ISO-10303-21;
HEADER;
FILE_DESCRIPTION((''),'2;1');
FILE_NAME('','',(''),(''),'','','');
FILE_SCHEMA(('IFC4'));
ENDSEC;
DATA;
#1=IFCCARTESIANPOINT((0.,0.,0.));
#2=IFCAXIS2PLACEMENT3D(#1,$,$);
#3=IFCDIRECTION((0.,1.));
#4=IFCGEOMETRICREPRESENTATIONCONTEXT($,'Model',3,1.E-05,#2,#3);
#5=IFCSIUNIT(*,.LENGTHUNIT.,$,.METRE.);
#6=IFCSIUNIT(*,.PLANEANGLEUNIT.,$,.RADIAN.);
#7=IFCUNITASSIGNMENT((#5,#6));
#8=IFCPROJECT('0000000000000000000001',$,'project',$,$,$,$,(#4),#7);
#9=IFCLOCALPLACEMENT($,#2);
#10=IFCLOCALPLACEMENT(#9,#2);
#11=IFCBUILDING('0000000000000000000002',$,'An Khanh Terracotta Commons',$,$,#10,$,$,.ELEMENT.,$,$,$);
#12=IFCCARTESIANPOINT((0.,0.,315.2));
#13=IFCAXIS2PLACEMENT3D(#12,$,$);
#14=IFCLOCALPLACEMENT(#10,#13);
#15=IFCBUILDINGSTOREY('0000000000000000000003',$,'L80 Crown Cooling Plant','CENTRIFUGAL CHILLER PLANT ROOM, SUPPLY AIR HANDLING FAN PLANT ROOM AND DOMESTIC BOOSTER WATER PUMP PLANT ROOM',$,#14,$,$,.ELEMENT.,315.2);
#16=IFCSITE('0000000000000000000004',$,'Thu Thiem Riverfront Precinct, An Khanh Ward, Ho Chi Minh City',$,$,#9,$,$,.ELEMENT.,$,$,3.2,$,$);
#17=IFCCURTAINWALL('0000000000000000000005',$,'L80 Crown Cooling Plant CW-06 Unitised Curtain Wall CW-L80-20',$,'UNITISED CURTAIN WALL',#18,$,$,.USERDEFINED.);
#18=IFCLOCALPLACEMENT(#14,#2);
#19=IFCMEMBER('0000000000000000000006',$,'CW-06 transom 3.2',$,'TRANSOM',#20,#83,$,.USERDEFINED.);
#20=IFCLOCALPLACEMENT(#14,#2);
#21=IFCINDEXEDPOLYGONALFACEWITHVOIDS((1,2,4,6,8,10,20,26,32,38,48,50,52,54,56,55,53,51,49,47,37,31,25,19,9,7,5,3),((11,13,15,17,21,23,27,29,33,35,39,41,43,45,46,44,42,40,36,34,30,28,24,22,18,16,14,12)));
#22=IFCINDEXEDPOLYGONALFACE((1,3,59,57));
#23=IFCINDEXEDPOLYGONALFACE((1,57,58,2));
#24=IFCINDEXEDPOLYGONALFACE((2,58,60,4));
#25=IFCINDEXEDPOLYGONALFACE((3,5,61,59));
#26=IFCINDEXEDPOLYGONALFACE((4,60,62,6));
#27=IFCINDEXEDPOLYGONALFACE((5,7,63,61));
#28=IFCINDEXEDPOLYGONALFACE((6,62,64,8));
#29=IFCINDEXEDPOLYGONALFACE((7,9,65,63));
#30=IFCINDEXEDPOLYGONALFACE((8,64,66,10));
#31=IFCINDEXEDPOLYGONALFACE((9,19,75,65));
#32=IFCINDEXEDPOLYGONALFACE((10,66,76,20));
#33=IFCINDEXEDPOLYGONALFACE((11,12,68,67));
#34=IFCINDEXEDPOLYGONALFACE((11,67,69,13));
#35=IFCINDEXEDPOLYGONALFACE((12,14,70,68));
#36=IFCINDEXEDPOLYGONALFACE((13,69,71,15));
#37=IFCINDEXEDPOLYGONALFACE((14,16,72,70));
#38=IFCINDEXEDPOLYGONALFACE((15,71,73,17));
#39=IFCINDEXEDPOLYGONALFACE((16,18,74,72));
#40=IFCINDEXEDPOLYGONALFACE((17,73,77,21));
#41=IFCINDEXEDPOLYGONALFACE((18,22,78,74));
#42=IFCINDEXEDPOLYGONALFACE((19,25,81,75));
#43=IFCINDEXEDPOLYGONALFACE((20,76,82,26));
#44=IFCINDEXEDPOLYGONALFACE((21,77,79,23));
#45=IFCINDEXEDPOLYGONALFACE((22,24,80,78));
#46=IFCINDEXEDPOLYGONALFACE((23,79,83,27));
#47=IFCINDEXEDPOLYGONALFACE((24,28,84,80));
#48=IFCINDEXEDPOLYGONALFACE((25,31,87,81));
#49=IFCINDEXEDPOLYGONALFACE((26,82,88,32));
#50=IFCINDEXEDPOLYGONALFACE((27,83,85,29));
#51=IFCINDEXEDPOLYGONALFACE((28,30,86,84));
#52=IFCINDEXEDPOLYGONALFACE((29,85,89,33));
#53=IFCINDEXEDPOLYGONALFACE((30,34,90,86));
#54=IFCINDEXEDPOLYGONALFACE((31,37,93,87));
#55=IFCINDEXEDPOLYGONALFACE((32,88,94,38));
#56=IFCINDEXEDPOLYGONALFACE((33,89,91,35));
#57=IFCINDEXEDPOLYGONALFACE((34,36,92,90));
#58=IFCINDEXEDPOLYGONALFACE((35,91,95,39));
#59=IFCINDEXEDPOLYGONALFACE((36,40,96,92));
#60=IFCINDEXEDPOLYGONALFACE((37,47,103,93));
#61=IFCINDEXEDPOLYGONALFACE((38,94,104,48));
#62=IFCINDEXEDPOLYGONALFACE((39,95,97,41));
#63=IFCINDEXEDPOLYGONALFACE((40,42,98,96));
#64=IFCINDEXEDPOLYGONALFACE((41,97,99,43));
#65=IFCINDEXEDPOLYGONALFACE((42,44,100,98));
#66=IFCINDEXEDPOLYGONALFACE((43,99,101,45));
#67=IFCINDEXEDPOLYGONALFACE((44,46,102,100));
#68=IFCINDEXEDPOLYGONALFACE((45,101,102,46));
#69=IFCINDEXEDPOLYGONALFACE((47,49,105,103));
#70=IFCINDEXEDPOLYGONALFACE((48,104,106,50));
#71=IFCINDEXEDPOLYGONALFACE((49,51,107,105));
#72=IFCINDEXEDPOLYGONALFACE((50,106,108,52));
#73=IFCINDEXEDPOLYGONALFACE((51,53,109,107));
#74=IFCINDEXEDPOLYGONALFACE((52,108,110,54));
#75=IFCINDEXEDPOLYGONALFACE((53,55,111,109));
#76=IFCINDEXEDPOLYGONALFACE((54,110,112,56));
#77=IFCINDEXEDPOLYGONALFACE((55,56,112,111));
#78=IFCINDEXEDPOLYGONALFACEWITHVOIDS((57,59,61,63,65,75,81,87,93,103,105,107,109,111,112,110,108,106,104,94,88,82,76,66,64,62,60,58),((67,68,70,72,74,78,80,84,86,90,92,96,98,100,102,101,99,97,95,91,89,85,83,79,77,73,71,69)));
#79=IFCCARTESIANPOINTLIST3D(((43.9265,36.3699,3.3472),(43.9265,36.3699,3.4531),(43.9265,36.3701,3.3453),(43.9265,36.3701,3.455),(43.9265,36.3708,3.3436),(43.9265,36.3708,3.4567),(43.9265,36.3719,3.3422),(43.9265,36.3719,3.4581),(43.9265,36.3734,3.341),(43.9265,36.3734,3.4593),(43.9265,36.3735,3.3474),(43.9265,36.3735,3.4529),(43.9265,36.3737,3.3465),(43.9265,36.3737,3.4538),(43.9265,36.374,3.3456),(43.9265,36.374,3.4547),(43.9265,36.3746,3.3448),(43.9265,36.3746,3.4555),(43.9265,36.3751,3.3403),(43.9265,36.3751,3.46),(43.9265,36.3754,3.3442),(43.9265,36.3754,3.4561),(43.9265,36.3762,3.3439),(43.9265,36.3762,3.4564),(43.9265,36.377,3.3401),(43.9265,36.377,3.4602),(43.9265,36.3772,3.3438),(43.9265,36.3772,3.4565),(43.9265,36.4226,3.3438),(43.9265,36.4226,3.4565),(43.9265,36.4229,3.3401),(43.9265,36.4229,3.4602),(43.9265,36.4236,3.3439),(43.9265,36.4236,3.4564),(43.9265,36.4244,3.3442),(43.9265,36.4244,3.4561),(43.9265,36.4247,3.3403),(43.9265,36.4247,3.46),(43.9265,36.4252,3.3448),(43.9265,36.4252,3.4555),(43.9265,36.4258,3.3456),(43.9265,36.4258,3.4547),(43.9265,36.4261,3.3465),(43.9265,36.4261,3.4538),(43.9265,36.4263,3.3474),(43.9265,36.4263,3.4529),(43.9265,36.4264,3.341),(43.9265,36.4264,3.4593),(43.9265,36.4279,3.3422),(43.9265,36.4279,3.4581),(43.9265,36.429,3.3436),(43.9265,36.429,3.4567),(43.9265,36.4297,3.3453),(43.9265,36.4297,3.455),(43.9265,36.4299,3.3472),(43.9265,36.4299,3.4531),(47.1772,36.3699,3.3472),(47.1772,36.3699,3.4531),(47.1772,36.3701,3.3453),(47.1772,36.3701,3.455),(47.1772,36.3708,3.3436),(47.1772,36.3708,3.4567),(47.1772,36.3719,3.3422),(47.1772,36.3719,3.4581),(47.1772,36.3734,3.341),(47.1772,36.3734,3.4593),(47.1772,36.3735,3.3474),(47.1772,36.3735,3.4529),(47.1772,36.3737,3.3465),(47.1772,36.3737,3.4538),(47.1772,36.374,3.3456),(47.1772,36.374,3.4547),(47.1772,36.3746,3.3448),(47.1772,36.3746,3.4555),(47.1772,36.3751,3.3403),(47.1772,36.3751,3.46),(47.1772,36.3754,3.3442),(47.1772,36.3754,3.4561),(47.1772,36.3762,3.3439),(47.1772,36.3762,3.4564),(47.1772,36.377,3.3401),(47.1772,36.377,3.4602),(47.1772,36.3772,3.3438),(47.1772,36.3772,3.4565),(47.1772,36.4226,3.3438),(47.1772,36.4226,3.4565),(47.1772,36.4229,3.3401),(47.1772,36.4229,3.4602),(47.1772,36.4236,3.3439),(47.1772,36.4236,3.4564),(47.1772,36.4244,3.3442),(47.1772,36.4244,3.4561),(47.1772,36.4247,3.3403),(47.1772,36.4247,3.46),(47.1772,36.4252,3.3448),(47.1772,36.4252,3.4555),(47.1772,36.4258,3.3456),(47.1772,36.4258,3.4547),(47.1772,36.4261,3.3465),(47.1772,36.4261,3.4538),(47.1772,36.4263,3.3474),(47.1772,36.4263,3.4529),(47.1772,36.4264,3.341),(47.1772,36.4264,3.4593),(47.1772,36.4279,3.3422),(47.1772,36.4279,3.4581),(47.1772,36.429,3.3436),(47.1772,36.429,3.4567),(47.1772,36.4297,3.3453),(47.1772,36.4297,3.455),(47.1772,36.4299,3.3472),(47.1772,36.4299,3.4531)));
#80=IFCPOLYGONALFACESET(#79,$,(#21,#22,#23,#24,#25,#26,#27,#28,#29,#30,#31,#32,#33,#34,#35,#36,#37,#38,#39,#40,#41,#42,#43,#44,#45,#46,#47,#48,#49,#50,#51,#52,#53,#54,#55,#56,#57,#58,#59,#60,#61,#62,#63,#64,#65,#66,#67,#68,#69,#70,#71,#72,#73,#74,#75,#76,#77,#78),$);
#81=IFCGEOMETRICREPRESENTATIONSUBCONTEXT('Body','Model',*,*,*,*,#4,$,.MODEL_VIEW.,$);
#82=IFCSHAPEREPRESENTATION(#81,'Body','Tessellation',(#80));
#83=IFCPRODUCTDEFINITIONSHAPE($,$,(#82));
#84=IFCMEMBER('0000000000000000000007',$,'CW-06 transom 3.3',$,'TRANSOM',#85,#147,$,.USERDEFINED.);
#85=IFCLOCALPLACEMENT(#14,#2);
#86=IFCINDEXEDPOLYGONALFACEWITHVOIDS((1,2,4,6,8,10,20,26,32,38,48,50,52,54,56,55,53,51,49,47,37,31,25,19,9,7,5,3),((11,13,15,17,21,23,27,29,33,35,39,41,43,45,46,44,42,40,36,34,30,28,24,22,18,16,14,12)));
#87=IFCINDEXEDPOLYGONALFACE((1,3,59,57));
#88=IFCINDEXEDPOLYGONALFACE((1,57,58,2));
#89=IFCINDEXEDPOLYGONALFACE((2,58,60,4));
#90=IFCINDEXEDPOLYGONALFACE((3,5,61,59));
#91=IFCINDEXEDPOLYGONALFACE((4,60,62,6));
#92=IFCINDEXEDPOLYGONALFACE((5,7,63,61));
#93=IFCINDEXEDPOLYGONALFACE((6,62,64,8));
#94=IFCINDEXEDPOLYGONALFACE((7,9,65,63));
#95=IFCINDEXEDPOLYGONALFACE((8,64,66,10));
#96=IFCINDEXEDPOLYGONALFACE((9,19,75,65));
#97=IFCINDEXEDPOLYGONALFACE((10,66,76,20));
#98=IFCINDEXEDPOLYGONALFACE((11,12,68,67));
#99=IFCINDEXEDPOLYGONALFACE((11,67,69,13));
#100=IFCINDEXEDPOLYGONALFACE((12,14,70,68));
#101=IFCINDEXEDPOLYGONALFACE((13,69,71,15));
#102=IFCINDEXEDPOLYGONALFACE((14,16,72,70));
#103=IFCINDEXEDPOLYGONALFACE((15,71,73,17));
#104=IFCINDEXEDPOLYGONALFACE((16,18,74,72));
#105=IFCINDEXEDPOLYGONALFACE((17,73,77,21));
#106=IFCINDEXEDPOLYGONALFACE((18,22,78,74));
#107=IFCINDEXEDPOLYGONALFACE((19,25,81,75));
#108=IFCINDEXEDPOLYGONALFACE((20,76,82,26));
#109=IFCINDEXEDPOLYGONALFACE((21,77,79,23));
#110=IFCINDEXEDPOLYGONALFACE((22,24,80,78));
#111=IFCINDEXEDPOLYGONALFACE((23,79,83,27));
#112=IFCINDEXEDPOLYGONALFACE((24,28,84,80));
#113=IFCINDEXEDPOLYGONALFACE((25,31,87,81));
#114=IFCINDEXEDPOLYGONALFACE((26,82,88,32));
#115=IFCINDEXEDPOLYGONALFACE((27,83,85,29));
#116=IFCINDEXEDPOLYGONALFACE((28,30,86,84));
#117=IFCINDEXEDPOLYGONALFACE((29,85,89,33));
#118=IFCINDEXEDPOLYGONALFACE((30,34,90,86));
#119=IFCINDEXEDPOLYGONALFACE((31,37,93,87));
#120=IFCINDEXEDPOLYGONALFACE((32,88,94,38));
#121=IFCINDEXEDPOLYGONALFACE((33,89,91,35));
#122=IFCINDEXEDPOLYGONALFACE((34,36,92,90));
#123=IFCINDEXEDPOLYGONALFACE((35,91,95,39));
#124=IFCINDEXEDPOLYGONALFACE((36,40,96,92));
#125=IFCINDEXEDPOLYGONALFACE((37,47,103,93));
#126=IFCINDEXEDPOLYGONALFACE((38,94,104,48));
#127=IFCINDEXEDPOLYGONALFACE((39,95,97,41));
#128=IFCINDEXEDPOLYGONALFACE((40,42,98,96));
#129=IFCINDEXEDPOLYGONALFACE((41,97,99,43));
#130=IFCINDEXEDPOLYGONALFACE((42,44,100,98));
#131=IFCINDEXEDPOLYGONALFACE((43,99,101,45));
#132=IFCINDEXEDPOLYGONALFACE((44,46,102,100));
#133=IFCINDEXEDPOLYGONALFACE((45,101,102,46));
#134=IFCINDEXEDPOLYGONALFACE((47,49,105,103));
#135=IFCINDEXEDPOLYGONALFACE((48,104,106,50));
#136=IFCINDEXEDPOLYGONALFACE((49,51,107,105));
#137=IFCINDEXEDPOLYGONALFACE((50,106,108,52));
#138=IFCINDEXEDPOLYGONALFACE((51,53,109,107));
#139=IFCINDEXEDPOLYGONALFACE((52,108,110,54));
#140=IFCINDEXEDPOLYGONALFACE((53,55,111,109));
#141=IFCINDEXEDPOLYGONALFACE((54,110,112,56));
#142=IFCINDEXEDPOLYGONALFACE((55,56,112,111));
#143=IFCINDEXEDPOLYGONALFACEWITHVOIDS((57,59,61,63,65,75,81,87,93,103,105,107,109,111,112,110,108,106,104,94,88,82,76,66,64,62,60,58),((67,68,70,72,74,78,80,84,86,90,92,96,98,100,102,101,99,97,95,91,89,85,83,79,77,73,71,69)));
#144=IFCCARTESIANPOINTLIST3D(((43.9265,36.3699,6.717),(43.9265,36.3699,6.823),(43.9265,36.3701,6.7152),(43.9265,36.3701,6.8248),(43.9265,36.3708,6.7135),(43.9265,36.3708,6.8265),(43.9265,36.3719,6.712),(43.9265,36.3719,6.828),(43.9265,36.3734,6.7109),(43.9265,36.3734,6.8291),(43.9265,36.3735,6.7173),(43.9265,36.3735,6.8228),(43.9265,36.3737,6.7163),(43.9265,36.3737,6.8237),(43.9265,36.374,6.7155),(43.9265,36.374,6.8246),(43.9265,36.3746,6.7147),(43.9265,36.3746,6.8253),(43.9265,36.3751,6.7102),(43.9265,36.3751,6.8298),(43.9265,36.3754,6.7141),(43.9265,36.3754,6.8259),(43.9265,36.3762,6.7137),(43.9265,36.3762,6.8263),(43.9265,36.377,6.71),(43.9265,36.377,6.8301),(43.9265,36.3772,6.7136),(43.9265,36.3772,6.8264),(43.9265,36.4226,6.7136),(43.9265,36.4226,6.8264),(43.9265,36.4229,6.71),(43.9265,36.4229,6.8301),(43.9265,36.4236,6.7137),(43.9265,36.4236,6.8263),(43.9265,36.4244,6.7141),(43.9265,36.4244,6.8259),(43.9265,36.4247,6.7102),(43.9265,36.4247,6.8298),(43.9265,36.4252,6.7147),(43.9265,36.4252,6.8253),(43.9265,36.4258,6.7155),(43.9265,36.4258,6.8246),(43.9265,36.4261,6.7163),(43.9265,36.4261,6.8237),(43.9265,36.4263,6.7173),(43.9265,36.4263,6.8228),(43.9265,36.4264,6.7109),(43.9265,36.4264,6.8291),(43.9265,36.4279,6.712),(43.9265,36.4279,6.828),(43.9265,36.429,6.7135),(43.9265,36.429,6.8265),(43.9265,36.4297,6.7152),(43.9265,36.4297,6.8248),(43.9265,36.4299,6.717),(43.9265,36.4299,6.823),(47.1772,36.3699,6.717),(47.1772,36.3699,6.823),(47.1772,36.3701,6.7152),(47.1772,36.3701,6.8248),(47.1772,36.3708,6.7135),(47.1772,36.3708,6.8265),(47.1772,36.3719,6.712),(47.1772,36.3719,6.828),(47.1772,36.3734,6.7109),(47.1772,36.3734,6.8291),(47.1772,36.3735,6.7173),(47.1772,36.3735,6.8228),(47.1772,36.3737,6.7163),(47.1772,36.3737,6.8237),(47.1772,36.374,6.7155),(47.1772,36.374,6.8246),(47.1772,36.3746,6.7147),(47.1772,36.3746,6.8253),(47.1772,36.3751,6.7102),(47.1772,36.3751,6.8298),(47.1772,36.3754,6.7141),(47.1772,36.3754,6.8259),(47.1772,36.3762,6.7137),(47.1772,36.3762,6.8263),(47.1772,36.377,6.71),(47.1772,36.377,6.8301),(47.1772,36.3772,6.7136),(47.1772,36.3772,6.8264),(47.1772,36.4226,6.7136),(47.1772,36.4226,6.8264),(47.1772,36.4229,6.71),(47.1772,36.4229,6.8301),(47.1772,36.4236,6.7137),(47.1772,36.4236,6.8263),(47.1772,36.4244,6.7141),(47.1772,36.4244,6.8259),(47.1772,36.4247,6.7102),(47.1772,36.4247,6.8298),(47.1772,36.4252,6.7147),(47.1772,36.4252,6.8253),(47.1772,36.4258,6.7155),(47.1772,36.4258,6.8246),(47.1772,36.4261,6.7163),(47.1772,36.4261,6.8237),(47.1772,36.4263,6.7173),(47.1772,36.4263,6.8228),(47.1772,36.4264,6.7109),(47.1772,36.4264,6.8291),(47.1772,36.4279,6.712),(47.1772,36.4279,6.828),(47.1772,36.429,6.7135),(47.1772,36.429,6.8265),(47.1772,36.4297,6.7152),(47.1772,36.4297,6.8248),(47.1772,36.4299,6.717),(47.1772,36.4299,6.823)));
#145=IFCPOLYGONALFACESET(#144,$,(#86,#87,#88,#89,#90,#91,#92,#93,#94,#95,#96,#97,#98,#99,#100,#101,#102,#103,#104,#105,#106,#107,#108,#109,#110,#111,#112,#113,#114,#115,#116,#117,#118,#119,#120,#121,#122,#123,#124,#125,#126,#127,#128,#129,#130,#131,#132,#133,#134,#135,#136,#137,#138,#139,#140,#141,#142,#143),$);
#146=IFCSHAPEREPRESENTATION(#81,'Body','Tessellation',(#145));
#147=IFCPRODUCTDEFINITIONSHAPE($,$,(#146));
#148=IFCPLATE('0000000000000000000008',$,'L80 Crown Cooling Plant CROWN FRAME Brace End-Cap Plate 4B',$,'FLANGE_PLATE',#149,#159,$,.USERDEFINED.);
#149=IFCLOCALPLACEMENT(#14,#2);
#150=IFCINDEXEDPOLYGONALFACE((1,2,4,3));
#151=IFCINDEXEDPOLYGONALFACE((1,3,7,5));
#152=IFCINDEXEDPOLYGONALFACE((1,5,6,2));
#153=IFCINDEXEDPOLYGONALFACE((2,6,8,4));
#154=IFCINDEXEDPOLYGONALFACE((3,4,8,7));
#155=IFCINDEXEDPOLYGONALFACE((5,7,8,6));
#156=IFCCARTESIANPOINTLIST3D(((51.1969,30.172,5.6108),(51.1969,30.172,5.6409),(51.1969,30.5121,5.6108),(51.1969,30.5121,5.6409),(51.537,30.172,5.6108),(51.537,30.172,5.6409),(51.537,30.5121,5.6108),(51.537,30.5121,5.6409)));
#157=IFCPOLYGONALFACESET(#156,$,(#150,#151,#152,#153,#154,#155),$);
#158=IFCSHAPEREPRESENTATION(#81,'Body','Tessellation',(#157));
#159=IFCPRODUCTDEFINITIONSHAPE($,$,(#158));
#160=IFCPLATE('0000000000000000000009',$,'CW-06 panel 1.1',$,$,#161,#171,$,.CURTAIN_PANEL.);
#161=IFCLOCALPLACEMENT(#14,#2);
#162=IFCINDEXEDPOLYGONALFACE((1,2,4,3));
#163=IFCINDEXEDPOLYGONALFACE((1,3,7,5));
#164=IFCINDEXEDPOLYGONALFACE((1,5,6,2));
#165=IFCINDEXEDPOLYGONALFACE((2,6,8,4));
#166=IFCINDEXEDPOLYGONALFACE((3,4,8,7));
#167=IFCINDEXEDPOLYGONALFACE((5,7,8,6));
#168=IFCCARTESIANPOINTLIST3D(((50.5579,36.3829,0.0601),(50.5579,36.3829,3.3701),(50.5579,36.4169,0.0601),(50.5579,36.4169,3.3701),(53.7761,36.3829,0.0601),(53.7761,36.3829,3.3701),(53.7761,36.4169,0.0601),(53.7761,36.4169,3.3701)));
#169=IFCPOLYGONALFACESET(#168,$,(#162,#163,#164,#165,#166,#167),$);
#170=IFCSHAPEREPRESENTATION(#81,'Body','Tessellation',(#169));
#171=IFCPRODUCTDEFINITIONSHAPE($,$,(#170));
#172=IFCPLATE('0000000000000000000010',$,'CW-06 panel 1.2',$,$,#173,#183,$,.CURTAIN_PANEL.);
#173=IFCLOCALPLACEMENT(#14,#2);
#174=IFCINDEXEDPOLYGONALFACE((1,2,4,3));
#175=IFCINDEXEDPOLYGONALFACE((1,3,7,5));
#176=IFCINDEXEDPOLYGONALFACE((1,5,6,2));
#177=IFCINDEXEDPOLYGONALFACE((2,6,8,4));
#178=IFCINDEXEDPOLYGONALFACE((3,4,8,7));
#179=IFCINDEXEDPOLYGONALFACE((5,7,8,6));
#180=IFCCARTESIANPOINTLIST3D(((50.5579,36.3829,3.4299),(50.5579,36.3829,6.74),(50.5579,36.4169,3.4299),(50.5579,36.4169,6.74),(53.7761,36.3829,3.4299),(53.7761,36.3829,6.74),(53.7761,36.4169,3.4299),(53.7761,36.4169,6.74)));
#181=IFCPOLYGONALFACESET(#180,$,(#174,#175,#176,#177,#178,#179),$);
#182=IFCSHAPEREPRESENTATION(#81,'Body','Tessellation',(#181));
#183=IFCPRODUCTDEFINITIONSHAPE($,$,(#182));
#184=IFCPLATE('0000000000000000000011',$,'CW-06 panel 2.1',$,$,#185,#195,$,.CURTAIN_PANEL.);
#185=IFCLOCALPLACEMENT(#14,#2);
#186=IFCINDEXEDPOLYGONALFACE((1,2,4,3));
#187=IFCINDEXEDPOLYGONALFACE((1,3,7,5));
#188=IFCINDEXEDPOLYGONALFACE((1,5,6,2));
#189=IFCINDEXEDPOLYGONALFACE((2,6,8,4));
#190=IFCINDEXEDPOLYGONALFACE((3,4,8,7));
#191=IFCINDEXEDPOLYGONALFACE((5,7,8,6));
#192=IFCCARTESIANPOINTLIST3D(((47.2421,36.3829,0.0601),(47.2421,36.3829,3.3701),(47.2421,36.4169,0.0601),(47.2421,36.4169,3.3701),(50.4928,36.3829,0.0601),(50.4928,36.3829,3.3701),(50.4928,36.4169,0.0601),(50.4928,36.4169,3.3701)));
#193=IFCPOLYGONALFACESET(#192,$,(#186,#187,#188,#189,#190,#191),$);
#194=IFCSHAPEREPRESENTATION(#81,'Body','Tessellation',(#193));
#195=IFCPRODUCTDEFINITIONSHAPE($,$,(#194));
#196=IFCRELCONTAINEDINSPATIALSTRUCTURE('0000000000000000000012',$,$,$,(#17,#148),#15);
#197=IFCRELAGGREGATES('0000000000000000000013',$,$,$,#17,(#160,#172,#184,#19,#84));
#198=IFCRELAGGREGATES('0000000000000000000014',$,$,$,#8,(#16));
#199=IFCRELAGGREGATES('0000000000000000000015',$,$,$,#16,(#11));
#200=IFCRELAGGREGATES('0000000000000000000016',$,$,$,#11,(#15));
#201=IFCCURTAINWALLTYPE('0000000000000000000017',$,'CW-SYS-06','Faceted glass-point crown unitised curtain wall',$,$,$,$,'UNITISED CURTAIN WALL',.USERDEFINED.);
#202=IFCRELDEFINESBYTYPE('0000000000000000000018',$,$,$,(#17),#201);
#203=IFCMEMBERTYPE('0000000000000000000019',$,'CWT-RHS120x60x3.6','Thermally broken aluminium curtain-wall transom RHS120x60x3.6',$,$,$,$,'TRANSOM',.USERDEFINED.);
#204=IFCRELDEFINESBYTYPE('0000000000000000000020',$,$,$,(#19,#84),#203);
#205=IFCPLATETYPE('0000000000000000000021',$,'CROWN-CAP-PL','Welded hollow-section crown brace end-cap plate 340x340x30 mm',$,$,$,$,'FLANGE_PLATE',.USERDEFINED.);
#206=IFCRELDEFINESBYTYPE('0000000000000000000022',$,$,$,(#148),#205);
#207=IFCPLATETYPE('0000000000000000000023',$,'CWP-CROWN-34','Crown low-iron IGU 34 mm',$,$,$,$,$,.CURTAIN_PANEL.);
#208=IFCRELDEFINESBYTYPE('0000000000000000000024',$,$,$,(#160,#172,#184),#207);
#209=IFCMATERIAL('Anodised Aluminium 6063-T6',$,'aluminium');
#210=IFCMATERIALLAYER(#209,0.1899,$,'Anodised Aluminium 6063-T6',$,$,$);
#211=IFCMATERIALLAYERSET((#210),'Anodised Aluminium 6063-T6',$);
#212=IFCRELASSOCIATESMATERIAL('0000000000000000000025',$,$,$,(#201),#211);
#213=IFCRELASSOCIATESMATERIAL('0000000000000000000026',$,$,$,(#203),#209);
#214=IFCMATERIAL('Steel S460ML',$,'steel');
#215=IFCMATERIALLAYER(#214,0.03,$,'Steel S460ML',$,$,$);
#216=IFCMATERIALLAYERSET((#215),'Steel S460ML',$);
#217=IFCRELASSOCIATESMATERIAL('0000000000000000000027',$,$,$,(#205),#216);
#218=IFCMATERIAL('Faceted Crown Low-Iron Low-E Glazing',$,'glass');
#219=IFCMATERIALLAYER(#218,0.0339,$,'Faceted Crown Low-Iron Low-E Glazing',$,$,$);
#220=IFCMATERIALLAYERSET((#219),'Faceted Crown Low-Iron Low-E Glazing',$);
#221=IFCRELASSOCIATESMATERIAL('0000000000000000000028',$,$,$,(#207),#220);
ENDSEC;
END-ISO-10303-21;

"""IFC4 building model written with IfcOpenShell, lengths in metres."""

from ifc_helpers import new_model, si_unit, direction, frame, origin, origin_2d, place, context, subcontext, project, spatial, rectangle, hollow_rectangle, extrude, material, layer, layer_set, material_profile, profile_set, type_object, element, aggregate, save


model = new_model("IFC4")

# Units and contexts
model_context = context("Model", 3, precision=1e-05, world=origin(), true_north=direction((0.0, 1.0)))
body_context = subcontext(model_context, "Body", "Model", "MODEL_VIEW")
ifc_project = project(units=[si_unit("LENGTHUNIT", "METRE"), si_unit("PLANEANGLEUNIT", "RADIAN")], contexts=[model_context])

# Site, building, storey
site_placement = place(None, origin())
site = spatial("IfcSite", under=ifc_project, at=site_placement, Name="Thu Thiem Riverfront Precinct, An Khanh Ward, Ho Chi Minh City", CompositionType="ELEMENT", RefElevation=3.2)
building_placement = place(site_placement, origin())
building = spatial("IfcBuilding", under=site, at=building_placement, Name="An Khanh Terracotta Commons", CompositionType="ELEMENT")
storey_placement = place(building_placement, frame((0.0, 0.0, 315.2)))
storey = spatial("IfcBuildingStorey", under=building, at=storey_placement, Name="L80 Crown Cooling Plant", Description="CENTRIFUGAL CHILLER PLANT ROOM, SUPPLY AIR HANDLING FAN PLANT ROOM AND DOMESTIC BOOSTER WATER PUMP PLANT ROOM", CompositionType="ELEMENT", Elevation=315.2)

# Shared definitions
ifc_material_1 = material(Name="Steel S460ML", Category="steel")

# Curtain wall, members
ifc_material_2 = material(Name="Anodised Aluminium 6063-T6", Category="aluminium")
ifc_layer_1 = layer(ifc_material_2, 0.1899, Name="Anodised Aluminium 6063-T6")
ifc_layer_set_1 = layer_set([ifc_layer_1], Name="Anodised Aluminium 6063-T6")
curtain_wall_type = type_object("IfcCurtainWallType", Name="CW-SYS-06", Description="Faceted glass-point crown unitised curtain wall", ElementType="UNITISED CURTAIN WALL", PredefinedType="USERDEFINED", material=ifc_layer_set_1)
curtain_wall_placement = place(storey_placement, origin())
curtain_wall = element("IfcCurtainWall", 1, at=curtain_wall_placement, inside=storey, type_object=curtain_wall_type, Name="L80 Crown Cooling Plant CW-06 Unitised Curtain Wall CW-L80-20", ObjectType="UNITISED CURTAIN WALL", PredefinedType="USERDEFINED")
ifc_material_profile_1 = material_profile(ifc_material_2, hollow_rectangle(XDim=0.0601, YDim=0.1201, WallThickness=0.0037, InnerFilletRadius=0.0037, OuterFilletRadius=0.0071, at=origin_2d()), Name="RHS120x60x3.6")
ifc_profile_set_1 = profile_set([ifc_material_profile_1], Name="Anodised Aluminium 6063-T6")
member_type_1 = type_object("IfcMemberType", Name="CWT-RHS120x60x3.6", Description="Thermally broken aluminium curtain-wall transom RHS120x60x3.6", ElementType="TRANSOM", PredefinedType="USERDEFINED", material=ifc_profile_set_1)
member_1_placement = place(storey_placement, frame((47.1772, 36.3999, 3.4001), z_axis=(-1.0, 0.0, 0.0), x_axis=(0.0, -1.0, 0.0)))
member_1 = element("IfcMember", 2, at=member_1_placement, type_object=member_type_1, Name="CW-06 transom 3.2", ObjectType="TRANSOM", PredefinedType="USERDEFINED", context=body_context, shape_type="SweptSolid", body=[
    extrude(hollow_rectangle(XDim=0.0601, YDim=0.1201, WallThickness=0.0037, InnerFilletRadius=0.0037, OuterFilletRadius=0.0071, at=origin_2d()), origin(), (0.0, 0.0, 1.0), 3.2507),
])
member_2_placement = place(storey_placement, frame((47.1772, 36.3999, 6.77), z_axis=(-1.0, 0.0, 0.0), x_axis=(0.0, -1.0, 0.0)))
member_2 = element("IfcMember", 3, at=member_2_placement, type_object=member_type_1, Name="CW-06 transom 3.3", ObjectType="TRANSOM", PredefinedType="USERDEFINED", context=body_context, shape_type="SweptSolid", body=[
    extrude(hollow_rectangle(XDim=0.0601, YDim=0.1201, WallThickness=0.0037, InnerFilletRadius=0.0037, OuterFilletRadius=0.0071, at=origin_2d()), origin(), (0.0, 0.0, 1.0), 3.2507),
])

# Plates
ifc_layer_2 = layer(ifc_material_1, 0.03, Name="Steel S460ML")
ifc_layer_set_2 = layer_set([ifc_layer_2], Name="Steel S460ML")
plate_type_1 = type_object("IfcPlateType", Name="CROWN-CAP-PL", Description="Welded hollow-section crown brace end-cap plate 340x340x30 mm", ElementType="FLANGE_PLATE", PredefinedType="USERDEFINED", material=ifc_layer_set_2)
plate_1_placement = place(storey_placement, frame((51.3669, 30.342, 5.6108), z_axis=(0.0, 0.0, 1.0), x_axis=(1.0, 0.0, 0.0)))
element("IfcPlate", 4, at=plate_1_placement, inside=storey, type_object=plate_type_1, Name="L80 Crown Cooling Plant CROWN FRAME Brace End-Cap Plate 4B", ObjectType="FLANGE_PLATE", PredefinedType="USERDEFINED", context=body_context, shape_type="SweptSolid", body=[
    extrude(rectangle(XDim=0.3401, YDim=0.3401, at=origin_2d()), origin(), (0.0, 0.0, 1.0), 0.03),
])
ifc_material_3 = material(Name="Faceted Crown Low-Iron Low-E Glazing", Category="glass")
ifc_layer_3 = layer(ifc_material_3, 0.0339, Name="Faceted Crown Low-Iron Low-E Glazing")
ifc_layer_set_3 = layer_set([ifc_layer_3], Name="Faceted Crown Low-Iron Low-E Glazing")
plate_type_2 = type_object("IfcPlateType", Name="CWP-CROWN-34", Description="Crown low-iron IGU 34 mm", PredefinedType="CURTAIN_PANEL", material=ifc_layer_set_3)
plate_2_placement = place(storey_placement, frame((52.167, 36.3999, 0.0601), z_axis=(0.0, 0.0, 1.0), x_axis=(-1.0, 0.0, 0.0)))
plate_2 = element("IfcPlate", 5, at=plate_2_placement, type_object=plate_type_2, Name="CW-06 panel 1.1", PredefinedType="CURTAIN_PANEL", context=body_context, shape_type="SweptSolid", body=[
    extrude(rectangle(XDim=3.2183, YDim=0.0339, at=origin_2d()), origin(), (0.0, 0.0, 1.0), 3.3101),
])
plate_3_placement = place(storey_placement, frame((52.167, 36.3999, 3.4299), z_axis=(0.0, 0.0, 1.0), x_axis=(-1.0, 0.0, 0.0)))
plate_3 = element("IfcPlate", 6, at=plate_3_placement, type_object=plate_type_2, Name="CW-06 panel 1.2", PredefinedType="CURTAIN_PANEL", context=body_context, shape_type="SweptSolid", body=[
    extrude(rectangle(XDim=3.2183, YDim=0.0339, at=origin_2d()), origin(), (0.0, 0.0, 1.0), 3.3101),
])
plate_4_placement = place(storey_placement, frame((48.8674, 36.3999, 0.0601), z_axis=(0.0, 0.0, 1.0), x_axis=(-1.0, 0.0, 0.0)))
plate_4 = element("IfcPlate", 7, at=plate_4_placement, type_object=plate_type_2, Name="CW-06 panel 2.1", PredefinedType="CURTAIN_PANEL", context=body_context, shape_type="SweptSolid", body=[
    extrude(rectangle(XDim=3.2507, YDim=0.0339, at=origin_2d()), origin(), (0.0, 0.0, 1.0), 3.3101),
])
aggregate(curtain_wall, [plate_2, plate_3, plate_4, member_1, member_2])

save(model, "model.ifc")
